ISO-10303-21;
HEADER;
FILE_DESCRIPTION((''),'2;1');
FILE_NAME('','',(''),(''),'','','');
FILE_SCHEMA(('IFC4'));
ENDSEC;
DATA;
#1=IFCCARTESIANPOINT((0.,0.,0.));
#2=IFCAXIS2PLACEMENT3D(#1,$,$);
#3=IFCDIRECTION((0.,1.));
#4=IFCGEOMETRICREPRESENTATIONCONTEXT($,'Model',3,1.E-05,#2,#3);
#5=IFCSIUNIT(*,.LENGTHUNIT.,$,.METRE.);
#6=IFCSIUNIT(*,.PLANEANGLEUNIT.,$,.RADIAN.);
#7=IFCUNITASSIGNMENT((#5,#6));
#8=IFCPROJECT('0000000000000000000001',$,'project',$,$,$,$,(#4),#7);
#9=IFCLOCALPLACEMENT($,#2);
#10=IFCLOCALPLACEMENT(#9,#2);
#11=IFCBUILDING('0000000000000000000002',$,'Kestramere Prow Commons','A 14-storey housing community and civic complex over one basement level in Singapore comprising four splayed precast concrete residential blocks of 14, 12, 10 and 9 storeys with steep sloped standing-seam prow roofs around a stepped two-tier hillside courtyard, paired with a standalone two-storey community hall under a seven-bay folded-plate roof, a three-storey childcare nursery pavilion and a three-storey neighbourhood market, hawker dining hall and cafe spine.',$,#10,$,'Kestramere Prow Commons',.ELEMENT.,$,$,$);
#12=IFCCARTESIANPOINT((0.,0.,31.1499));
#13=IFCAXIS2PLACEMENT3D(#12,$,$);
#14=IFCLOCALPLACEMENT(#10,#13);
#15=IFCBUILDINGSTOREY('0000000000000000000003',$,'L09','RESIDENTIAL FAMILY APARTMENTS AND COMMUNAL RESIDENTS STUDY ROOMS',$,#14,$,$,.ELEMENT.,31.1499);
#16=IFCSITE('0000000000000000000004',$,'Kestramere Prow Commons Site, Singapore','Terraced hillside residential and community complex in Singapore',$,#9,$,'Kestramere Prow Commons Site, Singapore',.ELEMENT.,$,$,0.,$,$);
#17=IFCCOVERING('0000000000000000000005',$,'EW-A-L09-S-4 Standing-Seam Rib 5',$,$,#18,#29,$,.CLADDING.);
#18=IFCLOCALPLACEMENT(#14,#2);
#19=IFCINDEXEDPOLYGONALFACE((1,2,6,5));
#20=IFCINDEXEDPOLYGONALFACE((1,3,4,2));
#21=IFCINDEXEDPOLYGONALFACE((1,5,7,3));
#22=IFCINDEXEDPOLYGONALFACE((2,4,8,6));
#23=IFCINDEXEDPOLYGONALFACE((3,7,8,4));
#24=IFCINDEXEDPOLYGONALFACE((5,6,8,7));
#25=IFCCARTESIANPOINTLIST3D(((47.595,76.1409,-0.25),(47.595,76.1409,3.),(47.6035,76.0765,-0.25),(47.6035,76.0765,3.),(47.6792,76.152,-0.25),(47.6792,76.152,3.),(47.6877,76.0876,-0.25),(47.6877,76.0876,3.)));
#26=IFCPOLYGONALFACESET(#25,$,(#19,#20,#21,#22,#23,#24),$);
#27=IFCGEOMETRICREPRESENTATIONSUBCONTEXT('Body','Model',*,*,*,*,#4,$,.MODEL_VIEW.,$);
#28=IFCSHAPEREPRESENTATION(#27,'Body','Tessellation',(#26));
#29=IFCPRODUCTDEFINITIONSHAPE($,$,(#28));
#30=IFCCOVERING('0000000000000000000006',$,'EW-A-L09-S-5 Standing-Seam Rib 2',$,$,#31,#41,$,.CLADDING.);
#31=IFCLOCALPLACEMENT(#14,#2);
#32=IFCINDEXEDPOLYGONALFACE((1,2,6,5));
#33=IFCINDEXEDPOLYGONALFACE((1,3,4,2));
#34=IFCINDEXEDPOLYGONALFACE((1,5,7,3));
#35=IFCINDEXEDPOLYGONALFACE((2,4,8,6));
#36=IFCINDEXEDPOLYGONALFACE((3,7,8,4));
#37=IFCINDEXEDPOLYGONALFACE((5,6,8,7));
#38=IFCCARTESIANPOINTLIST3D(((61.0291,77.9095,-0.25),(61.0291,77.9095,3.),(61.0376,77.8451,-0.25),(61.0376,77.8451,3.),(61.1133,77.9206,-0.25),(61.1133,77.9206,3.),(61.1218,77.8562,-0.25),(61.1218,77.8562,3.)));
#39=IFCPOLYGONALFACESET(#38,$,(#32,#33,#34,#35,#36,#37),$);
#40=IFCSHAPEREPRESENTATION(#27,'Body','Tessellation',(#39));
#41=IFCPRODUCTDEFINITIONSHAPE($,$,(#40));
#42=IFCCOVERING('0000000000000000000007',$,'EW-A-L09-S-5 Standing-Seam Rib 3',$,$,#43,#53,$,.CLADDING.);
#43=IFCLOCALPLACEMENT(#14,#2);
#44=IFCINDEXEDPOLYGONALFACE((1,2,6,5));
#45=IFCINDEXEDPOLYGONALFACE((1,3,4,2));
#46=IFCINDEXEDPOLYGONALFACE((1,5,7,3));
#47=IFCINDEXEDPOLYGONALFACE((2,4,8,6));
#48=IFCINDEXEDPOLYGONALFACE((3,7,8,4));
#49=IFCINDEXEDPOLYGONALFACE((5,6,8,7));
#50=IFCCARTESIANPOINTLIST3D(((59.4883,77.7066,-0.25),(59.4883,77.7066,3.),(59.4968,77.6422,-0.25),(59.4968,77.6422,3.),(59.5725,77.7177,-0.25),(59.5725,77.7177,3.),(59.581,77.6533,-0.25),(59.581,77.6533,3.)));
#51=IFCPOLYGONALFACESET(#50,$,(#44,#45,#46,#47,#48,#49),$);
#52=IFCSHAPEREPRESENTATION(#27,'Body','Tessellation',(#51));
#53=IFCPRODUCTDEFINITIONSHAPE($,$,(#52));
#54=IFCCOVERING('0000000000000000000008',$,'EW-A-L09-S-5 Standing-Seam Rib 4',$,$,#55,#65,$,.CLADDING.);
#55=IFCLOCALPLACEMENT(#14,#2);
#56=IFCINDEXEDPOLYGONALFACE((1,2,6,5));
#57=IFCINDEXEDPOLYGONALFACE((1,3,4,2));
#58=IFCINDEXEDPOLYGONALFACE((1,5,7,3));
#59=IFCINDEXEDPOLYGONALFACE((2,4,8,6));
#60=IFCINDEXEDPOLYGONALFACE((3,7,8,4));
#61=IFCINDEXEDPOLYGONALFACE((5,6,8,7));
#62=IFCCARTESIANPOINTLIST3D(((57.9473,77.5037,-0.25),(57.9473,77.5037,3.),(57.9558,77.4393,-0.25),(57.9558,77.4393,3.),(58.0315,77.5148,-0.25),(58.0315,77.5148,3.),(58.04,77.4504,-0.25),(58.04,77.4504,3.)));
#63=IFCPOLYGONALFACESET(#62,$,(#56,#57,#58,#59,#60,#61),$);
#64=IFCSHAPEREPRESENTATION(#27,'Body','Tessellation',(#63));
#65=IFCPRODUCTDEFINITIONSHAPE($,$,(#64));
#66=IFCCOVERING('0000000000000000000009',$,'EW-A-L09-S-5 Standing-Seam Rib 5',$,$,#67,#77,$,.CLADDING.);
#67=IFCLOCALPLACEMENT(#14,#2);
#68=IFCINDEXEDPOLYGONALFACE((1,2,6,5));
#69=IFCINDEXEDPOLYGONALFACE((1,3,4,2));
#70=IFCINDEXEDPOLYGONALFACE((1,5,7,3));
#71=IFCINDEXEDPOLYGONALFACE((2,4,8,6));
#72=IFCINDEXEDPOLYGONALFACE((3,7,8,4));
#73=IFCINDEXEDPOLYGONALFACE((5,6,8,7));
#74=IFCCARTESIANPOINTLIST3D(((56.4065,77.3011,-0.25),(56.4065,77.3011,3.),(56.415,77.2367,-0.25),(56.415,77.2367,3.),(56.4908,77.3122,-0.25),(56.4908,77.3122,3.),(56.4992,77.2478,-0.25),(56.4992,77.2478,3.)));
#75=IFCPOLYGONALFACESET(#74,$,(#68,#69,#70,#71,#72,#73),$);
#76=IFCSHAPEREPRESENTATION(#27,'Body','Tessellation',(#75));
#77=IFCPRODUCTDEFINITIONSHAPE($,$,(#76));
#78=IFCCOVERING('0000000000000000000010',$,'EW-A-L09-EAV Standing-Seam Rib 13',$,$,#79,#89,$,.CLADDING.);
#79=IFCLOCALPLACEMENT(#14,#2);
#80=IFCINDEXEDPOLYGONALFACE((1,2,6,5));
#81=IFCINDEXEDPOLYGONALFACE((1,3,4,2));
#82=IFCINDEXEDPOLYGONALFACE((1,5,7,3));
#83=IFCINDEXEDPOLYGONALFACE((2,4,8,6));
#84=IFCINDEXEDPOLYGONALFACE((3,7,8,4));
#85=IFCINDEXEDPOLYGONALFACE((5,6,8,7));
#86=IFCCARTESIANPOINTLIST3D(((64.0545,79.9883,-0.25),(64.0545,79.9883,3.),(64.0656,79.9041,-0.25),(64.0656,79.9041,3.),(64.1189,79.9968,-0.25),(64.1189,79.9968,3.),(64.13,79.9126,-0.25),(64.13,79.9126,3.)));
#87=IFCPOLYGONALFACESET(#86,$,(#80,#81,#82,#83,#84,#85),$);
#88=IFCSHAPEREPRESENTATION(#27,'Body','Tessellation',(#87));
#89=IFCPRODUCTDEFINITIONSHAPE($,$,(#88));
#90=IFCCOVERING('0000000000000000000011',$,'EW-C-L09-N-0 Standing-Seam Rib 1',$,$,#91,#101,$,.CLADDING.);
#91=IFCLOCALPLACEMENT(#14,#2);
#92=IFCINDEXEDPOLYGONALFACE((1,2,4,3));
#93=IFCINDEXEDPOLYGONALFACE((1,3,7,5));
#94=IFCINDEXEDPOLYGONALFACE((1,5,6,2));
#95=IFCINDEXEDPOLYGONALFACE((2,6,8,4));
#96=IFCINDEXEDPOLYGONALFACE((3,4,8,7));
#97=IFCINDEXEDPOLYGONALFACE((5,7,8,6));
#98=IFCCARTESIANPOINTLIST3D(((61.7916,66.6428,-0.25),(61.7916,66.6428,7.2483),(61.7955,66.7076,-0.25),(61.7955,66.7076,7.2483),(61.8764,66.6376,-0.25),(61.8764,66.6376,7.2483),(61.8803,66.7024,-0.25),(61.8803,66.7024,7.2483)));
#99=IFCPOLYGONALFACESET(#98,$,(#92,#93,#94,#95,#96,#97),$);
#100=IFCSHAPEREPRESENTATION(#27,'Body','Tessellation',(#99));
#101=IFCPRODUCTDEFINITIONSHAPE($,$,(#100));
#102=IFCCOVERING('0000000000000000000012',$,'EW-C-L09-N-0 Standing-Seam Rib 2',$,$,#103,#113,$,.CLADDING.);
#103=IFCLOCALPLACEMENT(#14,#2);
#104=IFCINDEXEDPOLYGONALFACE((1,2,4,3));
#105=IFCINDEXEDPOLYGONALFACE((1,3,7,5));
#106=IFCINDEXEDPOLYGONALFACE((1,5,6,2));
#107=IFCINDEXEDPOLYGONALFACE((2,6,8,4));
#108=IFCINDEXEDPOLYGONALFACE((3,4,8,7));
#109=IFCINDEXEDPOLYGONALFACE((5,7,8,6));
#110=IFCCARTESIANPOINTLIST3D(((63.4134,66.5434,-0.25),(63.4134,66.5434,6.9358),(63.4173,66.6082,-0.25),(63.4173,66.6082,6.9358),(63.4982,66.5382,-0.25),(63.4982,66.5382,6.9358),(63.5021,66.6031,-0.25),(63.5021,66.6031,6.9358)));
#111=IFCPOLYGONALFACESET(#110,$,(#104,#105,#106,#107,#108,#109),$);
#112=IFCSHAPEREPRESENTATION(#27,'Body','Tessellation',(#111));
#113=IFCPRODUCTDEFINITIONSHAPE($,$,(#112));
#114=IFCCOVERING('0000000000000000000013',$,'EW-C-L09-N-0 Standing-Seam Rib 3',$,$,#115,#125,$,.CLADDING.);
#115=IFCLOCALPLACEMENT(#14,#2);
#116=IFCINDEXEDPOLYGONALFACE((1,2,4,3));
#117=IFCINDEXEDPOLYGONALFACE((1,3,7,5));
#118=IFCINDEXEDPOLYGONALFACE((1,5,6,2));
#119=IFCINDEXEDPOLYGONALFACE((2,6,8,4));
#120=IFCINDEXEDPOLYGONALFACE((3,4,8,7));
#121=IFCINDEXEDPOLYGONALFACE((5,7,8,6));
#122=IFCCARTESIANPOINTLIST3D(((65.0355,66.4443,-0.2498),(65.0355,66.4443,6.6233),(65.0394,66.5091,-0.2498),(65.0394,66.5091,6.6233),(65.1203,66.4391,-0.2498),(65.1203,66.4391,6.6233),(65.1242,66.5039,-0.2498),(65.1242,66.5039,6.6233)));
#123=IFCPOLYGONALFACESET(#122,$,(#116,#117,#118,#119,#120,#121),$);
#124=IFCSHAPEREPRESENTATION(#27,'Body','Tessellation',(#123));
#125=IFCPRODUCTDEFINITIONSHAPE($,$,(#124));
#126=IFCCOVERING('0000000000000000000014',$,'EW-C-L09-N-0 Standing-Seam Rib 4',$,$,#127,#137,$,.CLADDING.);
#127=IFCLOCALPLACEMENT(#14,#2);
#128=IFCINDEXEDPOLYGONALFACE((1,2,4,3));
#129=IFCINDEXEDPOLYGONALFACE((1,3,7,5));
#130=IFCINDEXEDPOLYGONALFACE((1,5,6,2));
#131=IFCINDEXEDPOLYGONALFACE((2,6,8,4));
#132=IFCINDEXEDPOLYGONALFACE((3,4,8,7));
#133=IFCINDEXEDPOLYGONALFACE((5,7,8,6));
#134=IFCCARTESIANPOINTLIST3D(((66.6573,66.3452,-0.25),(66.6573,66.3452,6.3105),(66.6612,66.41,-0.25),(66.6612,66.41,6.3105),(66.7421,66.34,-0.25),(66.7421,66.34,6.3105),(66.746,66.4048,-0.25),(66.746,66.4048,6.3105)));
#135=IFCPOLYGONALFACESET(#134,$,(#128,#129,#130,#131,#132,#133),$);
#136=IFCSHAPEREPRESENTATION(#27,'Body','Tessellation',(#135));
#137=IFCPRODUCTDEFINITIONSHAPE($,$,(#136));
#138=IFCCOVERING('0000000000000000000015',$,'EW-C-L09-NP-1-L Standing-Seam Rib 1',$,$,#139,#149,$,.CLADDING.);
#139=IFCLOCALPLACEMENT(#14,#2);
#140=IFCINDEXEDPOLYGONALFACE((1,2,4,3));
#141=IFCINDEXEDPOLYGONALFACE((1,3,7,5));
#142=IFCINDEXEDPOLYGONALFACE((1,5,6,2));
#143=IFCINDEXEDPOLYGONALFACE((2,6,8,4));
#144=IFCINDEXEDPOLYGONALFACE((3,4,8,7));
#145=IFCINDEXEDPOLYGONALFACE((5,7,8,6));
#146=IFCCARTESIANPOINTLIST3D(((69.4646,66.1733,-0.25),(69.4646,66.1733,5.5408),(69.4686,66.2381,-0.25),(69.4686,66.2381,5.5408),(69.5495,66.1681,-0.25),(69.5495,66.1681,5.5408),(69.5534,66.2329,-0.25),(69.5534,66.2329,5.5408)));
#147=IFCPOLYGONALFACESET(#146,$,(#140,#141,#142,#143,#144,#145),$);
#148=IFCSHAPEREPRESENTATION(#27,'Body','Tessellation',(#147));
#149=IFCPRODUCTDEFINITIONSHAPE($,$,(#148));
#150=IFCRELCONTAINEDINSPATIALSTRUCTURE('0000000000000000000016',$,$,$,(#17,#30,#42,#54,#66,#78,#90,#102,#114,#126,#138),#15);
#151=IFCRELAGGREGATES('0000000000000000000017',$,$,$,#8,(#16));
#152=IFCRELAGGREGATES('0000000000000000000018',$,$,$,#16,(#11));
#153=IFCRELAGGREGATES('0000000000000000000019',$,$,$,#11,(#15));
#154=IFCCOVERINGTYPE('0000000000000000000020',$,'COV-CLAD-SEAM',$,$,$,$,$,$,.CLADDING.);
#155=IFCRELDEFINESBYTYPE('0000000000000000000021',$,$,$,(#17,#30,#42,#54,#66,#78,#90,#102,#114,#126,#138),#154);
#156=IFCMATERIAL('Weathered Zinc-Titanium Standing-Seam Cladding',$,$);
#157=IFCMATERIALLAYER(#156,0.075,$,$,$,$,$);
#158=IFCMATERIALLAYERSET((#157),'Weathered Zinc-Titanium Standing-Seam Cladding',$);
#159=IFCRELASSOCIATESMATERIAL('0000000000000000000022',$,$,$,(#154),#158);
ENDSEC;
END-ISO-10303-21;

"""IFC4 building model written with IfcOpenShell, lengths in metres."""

from ifc_helpers import new_model, si_unit, direction, frame, origin, origin_2d, place, context, subcontext, project, spatial, rectangle, extrude, material, layer, layer_set, type_object, element, save


model = new_model("IFC4")

# Units and contexts
model_context = context("Model", 3, precision=1e-05, world=origin(), true_north=direction((0.0, 1.0)))
body_context = subcontext(model_context, "Body", "Model", "MODEL_VIEW")
ifc_project = project(units=[si_unit("LENGTHUNIT", "METRE"), si_unit("PLANEANGLEUNIT", "RADIAN")], contexts=[model_context])

# Site, building, storey
site_placement = place(None, origin())
site = spatial("IfcSite", under=ifc_project, at=site_placement, Name="Kestramere Prow Commons Site, Singapore", Description="Terraced hillside residential and community complex in Singapore", LongName="Kestramere Prow Commons Site, Singapore", CompositionType="ELEMENT", RefElevation=0.0)
building_placement = place(site_placement, origin())
building = spatial("IfcBuilding", under=site, at=building_placement, Name="Kestramere Prow Commons", Description="A 14-storey housing community and civic complex over one basement level in Singapore comprising four splayed precast concrete residential blocks of 14, 12, 10 and 9 storeys with steep sloped standing-seam prow roofs around a stepped two-tier hillside courtyard, paired with a standalone two-storey community hall under a seven-bay folded-plate roof, a three-storey childcare nursery pavilion and a three-storey neighbourhood market, hawker dining hall and cafe spine.", LongName="Kestramere Prow Commons", CompositionType="ELEMENT")
storey_placement = place(building_placement, frame((0.0, 0.0, 31.1499)))
storey = spatial("IfcBuildingStorey", under=building, at=storey_placement, Name="L09", Description="RESIDENTIAL FAMILY APARTMENTS AND COMMUNAL RESIDENTS STUDY ROOMS", CompositionType="ELEMENT", Elevation=31.1499)

# Coverings
ifc_material_1 = material(Name="Weathered Zinc-Titanium Standing-Seam Cladding")
ifc_layer_1 = layer(ifc_material_1, 0.075)
ifc_layer_set_1 = layer_set([ifc_layer_1], Name="Weathered Zinc-Titanium Standing-Seam Cladding")
covering_type = type_object("IfcCoveringType", Name="COV-CLAD-SEAM", PredefinedType="CLADDING", material=ifc_layer_set_1)
for number, where, z_axis, x_axis, name in (
    (1, (47.6414, 76.1143, -0.25), (0.0, 0.0, 1.0), (-0.991445, -0.130526, 0.0), "EW-A-L09-S-4 Standing-Seam Rib 5"),
    (2, (61.0754, 77.8828, -0.25), (0.0, 0.0, 1.0), (-0.991445, -0.130526, 0.0), "EW-A-L09-S-5 Standing-Seam Rib 2"),
    (3, (59.5347, 77.6799, -0.25), (0.0, 0.0, 1.0), (-0.991445, -0.130526, 0.0), "EW-A-L09-S-5 Standing-Seam Rib 3"),
    (4, (57.9937, 77.4771, -0.25), (0.0, 0.0, 1.0), (-0.991445, -0.130526, 0.0), "EW-A-L09-S-5 Standing-Seam Rib 4"),
    (5, (56.4529, 77.2744, -0.25), (0.0, 0.0, 1.0), (-0.991445, -0.130526, 0.0), "EW-A-L09-S-5 Standing-Seam Rib 5"),
    (6, (64.0923, 79.9504, -0.25), (0.0, 0.0, 1.0), (0.130526, -0.991445, 0.0), "EW-A-L09-EAV Standing-Seam Rib 13"),
):
    element("IfcCovering", number, at=place(storey_placement, frame(where, z_axis=z_axis, x_axis=x_axis)), inside=storey, type_object=covering_type, Name=name, PredefinedType="CLADDING", context=body_context, shape_type="SweptSolid", body=[
        extrude(rectangle(XDim=0.085, YDim=0.0649, at=origin_2d()), origin(), (0.0, 0.0, 1.0), 3.25),
    ])
covering_1_placement = place(storey_placement, frame((61.8359, 66.6726, -0.25), z_axis=(0.0, 0.0, 1.0), x_axis=(0.998135, -0.061049, 0.0)))
element("IfcCovering", 7, at=covering_1_placement, inside=storey, type_object=covering_type, Name="EW-C-L09-N-0 Standing-Seam Rib 1", PredefinedType="CLADDING", context=body_context, shape_type="SweptSolid", body=[
    extrude(rectangle(XDim=0.085, YDim=0.0649, at=origin_2d()), origin(), (0.0, 0.0, 1.0), 7.4983),
])
covering_2_placement = place(storey_placement, frame((63.4578, 66.5732, -0.25), z_axis=(0.0, 0.0, 1.0), x_axis=(0.998135, -0.061049, 0.0)))
element("IfcCovering", 8, at=covering_2_placement, inside=storey, type_object=covering_type, Name="EW-C-L09-N-0 Standing-Seam Rib 2", PredefinedType="CLADDING", context=body_context, shape_type="SweptSolid", body=[
    extrude(rectangle(XDim=0.085, YDim=0.0649, at=origin_2d()), origin(), (0.0, 0.0, 1.0), 7.1858),
])
covering_3_placement = place(storey_placement, frame((65.0798, 66.4741, -0.2498), z_axis=(0.0, 0.0, 1.0), x_axis=(0.998135, -0.061049, 0.0)))
element("IfcCovering", 9, at=covering_3_placement, inside=storey, type_object=covering_type, Name="EW-C-L09-N-0 Standing-Seam Rib 3", PredefinedType="CLADDING", context=body_context, shape_type="SweptSolid", body=[
    extrude(rectangle(XDim=0.085, YDim=0.0649, at=origin_2d()), origin(), (0.0, 0.0, 1.0), 6.873),
])
covering_4_placement = place(storey_placement, frame((66.7017, 66.375, -0.25), z_axis=(0.0, 0.0, 1.0), x_axis=(0.998135, -0.061049, 0.0)))
element("IfcCovering", 10, at=covering_4_placement, inside=storey, type_object=covering_type, Name="EW-C-L09-N-0 Standing-Seam Rib 4", PredefinedType="CLADDING", context=body_context, shape_type="SweptSolid", body=[
    extrude(rectangle(XDim=0.085, YDim=0.0649, at=origin_2d()), origin(), (0.0, 0.0, 1.0), 6.5605),
])
covering_5_placement = place(storey_placement, frame((69.509, 66.2031, -0.25), z_axis=(0.0, 0.0, 1.0), x_axis=(0.998135, -0.061049, 0.0)))
element("IfcCovering", 11, at=covering_5_placement, inside=storey, type_object=covering_type, Name="EW-C-L09-NP-1-L Standing-Seam Rib 1", PredefinedType="CLADDING", context=body_context, shape_type="SweptSolid", body=[
    extrude(rectangle(XDim=0.085, YDim=0.0649, at=origin_2d()), origin(), (0.0, 0.0, 1.0), 5.7908),
])

save(model, "model.ifc")
